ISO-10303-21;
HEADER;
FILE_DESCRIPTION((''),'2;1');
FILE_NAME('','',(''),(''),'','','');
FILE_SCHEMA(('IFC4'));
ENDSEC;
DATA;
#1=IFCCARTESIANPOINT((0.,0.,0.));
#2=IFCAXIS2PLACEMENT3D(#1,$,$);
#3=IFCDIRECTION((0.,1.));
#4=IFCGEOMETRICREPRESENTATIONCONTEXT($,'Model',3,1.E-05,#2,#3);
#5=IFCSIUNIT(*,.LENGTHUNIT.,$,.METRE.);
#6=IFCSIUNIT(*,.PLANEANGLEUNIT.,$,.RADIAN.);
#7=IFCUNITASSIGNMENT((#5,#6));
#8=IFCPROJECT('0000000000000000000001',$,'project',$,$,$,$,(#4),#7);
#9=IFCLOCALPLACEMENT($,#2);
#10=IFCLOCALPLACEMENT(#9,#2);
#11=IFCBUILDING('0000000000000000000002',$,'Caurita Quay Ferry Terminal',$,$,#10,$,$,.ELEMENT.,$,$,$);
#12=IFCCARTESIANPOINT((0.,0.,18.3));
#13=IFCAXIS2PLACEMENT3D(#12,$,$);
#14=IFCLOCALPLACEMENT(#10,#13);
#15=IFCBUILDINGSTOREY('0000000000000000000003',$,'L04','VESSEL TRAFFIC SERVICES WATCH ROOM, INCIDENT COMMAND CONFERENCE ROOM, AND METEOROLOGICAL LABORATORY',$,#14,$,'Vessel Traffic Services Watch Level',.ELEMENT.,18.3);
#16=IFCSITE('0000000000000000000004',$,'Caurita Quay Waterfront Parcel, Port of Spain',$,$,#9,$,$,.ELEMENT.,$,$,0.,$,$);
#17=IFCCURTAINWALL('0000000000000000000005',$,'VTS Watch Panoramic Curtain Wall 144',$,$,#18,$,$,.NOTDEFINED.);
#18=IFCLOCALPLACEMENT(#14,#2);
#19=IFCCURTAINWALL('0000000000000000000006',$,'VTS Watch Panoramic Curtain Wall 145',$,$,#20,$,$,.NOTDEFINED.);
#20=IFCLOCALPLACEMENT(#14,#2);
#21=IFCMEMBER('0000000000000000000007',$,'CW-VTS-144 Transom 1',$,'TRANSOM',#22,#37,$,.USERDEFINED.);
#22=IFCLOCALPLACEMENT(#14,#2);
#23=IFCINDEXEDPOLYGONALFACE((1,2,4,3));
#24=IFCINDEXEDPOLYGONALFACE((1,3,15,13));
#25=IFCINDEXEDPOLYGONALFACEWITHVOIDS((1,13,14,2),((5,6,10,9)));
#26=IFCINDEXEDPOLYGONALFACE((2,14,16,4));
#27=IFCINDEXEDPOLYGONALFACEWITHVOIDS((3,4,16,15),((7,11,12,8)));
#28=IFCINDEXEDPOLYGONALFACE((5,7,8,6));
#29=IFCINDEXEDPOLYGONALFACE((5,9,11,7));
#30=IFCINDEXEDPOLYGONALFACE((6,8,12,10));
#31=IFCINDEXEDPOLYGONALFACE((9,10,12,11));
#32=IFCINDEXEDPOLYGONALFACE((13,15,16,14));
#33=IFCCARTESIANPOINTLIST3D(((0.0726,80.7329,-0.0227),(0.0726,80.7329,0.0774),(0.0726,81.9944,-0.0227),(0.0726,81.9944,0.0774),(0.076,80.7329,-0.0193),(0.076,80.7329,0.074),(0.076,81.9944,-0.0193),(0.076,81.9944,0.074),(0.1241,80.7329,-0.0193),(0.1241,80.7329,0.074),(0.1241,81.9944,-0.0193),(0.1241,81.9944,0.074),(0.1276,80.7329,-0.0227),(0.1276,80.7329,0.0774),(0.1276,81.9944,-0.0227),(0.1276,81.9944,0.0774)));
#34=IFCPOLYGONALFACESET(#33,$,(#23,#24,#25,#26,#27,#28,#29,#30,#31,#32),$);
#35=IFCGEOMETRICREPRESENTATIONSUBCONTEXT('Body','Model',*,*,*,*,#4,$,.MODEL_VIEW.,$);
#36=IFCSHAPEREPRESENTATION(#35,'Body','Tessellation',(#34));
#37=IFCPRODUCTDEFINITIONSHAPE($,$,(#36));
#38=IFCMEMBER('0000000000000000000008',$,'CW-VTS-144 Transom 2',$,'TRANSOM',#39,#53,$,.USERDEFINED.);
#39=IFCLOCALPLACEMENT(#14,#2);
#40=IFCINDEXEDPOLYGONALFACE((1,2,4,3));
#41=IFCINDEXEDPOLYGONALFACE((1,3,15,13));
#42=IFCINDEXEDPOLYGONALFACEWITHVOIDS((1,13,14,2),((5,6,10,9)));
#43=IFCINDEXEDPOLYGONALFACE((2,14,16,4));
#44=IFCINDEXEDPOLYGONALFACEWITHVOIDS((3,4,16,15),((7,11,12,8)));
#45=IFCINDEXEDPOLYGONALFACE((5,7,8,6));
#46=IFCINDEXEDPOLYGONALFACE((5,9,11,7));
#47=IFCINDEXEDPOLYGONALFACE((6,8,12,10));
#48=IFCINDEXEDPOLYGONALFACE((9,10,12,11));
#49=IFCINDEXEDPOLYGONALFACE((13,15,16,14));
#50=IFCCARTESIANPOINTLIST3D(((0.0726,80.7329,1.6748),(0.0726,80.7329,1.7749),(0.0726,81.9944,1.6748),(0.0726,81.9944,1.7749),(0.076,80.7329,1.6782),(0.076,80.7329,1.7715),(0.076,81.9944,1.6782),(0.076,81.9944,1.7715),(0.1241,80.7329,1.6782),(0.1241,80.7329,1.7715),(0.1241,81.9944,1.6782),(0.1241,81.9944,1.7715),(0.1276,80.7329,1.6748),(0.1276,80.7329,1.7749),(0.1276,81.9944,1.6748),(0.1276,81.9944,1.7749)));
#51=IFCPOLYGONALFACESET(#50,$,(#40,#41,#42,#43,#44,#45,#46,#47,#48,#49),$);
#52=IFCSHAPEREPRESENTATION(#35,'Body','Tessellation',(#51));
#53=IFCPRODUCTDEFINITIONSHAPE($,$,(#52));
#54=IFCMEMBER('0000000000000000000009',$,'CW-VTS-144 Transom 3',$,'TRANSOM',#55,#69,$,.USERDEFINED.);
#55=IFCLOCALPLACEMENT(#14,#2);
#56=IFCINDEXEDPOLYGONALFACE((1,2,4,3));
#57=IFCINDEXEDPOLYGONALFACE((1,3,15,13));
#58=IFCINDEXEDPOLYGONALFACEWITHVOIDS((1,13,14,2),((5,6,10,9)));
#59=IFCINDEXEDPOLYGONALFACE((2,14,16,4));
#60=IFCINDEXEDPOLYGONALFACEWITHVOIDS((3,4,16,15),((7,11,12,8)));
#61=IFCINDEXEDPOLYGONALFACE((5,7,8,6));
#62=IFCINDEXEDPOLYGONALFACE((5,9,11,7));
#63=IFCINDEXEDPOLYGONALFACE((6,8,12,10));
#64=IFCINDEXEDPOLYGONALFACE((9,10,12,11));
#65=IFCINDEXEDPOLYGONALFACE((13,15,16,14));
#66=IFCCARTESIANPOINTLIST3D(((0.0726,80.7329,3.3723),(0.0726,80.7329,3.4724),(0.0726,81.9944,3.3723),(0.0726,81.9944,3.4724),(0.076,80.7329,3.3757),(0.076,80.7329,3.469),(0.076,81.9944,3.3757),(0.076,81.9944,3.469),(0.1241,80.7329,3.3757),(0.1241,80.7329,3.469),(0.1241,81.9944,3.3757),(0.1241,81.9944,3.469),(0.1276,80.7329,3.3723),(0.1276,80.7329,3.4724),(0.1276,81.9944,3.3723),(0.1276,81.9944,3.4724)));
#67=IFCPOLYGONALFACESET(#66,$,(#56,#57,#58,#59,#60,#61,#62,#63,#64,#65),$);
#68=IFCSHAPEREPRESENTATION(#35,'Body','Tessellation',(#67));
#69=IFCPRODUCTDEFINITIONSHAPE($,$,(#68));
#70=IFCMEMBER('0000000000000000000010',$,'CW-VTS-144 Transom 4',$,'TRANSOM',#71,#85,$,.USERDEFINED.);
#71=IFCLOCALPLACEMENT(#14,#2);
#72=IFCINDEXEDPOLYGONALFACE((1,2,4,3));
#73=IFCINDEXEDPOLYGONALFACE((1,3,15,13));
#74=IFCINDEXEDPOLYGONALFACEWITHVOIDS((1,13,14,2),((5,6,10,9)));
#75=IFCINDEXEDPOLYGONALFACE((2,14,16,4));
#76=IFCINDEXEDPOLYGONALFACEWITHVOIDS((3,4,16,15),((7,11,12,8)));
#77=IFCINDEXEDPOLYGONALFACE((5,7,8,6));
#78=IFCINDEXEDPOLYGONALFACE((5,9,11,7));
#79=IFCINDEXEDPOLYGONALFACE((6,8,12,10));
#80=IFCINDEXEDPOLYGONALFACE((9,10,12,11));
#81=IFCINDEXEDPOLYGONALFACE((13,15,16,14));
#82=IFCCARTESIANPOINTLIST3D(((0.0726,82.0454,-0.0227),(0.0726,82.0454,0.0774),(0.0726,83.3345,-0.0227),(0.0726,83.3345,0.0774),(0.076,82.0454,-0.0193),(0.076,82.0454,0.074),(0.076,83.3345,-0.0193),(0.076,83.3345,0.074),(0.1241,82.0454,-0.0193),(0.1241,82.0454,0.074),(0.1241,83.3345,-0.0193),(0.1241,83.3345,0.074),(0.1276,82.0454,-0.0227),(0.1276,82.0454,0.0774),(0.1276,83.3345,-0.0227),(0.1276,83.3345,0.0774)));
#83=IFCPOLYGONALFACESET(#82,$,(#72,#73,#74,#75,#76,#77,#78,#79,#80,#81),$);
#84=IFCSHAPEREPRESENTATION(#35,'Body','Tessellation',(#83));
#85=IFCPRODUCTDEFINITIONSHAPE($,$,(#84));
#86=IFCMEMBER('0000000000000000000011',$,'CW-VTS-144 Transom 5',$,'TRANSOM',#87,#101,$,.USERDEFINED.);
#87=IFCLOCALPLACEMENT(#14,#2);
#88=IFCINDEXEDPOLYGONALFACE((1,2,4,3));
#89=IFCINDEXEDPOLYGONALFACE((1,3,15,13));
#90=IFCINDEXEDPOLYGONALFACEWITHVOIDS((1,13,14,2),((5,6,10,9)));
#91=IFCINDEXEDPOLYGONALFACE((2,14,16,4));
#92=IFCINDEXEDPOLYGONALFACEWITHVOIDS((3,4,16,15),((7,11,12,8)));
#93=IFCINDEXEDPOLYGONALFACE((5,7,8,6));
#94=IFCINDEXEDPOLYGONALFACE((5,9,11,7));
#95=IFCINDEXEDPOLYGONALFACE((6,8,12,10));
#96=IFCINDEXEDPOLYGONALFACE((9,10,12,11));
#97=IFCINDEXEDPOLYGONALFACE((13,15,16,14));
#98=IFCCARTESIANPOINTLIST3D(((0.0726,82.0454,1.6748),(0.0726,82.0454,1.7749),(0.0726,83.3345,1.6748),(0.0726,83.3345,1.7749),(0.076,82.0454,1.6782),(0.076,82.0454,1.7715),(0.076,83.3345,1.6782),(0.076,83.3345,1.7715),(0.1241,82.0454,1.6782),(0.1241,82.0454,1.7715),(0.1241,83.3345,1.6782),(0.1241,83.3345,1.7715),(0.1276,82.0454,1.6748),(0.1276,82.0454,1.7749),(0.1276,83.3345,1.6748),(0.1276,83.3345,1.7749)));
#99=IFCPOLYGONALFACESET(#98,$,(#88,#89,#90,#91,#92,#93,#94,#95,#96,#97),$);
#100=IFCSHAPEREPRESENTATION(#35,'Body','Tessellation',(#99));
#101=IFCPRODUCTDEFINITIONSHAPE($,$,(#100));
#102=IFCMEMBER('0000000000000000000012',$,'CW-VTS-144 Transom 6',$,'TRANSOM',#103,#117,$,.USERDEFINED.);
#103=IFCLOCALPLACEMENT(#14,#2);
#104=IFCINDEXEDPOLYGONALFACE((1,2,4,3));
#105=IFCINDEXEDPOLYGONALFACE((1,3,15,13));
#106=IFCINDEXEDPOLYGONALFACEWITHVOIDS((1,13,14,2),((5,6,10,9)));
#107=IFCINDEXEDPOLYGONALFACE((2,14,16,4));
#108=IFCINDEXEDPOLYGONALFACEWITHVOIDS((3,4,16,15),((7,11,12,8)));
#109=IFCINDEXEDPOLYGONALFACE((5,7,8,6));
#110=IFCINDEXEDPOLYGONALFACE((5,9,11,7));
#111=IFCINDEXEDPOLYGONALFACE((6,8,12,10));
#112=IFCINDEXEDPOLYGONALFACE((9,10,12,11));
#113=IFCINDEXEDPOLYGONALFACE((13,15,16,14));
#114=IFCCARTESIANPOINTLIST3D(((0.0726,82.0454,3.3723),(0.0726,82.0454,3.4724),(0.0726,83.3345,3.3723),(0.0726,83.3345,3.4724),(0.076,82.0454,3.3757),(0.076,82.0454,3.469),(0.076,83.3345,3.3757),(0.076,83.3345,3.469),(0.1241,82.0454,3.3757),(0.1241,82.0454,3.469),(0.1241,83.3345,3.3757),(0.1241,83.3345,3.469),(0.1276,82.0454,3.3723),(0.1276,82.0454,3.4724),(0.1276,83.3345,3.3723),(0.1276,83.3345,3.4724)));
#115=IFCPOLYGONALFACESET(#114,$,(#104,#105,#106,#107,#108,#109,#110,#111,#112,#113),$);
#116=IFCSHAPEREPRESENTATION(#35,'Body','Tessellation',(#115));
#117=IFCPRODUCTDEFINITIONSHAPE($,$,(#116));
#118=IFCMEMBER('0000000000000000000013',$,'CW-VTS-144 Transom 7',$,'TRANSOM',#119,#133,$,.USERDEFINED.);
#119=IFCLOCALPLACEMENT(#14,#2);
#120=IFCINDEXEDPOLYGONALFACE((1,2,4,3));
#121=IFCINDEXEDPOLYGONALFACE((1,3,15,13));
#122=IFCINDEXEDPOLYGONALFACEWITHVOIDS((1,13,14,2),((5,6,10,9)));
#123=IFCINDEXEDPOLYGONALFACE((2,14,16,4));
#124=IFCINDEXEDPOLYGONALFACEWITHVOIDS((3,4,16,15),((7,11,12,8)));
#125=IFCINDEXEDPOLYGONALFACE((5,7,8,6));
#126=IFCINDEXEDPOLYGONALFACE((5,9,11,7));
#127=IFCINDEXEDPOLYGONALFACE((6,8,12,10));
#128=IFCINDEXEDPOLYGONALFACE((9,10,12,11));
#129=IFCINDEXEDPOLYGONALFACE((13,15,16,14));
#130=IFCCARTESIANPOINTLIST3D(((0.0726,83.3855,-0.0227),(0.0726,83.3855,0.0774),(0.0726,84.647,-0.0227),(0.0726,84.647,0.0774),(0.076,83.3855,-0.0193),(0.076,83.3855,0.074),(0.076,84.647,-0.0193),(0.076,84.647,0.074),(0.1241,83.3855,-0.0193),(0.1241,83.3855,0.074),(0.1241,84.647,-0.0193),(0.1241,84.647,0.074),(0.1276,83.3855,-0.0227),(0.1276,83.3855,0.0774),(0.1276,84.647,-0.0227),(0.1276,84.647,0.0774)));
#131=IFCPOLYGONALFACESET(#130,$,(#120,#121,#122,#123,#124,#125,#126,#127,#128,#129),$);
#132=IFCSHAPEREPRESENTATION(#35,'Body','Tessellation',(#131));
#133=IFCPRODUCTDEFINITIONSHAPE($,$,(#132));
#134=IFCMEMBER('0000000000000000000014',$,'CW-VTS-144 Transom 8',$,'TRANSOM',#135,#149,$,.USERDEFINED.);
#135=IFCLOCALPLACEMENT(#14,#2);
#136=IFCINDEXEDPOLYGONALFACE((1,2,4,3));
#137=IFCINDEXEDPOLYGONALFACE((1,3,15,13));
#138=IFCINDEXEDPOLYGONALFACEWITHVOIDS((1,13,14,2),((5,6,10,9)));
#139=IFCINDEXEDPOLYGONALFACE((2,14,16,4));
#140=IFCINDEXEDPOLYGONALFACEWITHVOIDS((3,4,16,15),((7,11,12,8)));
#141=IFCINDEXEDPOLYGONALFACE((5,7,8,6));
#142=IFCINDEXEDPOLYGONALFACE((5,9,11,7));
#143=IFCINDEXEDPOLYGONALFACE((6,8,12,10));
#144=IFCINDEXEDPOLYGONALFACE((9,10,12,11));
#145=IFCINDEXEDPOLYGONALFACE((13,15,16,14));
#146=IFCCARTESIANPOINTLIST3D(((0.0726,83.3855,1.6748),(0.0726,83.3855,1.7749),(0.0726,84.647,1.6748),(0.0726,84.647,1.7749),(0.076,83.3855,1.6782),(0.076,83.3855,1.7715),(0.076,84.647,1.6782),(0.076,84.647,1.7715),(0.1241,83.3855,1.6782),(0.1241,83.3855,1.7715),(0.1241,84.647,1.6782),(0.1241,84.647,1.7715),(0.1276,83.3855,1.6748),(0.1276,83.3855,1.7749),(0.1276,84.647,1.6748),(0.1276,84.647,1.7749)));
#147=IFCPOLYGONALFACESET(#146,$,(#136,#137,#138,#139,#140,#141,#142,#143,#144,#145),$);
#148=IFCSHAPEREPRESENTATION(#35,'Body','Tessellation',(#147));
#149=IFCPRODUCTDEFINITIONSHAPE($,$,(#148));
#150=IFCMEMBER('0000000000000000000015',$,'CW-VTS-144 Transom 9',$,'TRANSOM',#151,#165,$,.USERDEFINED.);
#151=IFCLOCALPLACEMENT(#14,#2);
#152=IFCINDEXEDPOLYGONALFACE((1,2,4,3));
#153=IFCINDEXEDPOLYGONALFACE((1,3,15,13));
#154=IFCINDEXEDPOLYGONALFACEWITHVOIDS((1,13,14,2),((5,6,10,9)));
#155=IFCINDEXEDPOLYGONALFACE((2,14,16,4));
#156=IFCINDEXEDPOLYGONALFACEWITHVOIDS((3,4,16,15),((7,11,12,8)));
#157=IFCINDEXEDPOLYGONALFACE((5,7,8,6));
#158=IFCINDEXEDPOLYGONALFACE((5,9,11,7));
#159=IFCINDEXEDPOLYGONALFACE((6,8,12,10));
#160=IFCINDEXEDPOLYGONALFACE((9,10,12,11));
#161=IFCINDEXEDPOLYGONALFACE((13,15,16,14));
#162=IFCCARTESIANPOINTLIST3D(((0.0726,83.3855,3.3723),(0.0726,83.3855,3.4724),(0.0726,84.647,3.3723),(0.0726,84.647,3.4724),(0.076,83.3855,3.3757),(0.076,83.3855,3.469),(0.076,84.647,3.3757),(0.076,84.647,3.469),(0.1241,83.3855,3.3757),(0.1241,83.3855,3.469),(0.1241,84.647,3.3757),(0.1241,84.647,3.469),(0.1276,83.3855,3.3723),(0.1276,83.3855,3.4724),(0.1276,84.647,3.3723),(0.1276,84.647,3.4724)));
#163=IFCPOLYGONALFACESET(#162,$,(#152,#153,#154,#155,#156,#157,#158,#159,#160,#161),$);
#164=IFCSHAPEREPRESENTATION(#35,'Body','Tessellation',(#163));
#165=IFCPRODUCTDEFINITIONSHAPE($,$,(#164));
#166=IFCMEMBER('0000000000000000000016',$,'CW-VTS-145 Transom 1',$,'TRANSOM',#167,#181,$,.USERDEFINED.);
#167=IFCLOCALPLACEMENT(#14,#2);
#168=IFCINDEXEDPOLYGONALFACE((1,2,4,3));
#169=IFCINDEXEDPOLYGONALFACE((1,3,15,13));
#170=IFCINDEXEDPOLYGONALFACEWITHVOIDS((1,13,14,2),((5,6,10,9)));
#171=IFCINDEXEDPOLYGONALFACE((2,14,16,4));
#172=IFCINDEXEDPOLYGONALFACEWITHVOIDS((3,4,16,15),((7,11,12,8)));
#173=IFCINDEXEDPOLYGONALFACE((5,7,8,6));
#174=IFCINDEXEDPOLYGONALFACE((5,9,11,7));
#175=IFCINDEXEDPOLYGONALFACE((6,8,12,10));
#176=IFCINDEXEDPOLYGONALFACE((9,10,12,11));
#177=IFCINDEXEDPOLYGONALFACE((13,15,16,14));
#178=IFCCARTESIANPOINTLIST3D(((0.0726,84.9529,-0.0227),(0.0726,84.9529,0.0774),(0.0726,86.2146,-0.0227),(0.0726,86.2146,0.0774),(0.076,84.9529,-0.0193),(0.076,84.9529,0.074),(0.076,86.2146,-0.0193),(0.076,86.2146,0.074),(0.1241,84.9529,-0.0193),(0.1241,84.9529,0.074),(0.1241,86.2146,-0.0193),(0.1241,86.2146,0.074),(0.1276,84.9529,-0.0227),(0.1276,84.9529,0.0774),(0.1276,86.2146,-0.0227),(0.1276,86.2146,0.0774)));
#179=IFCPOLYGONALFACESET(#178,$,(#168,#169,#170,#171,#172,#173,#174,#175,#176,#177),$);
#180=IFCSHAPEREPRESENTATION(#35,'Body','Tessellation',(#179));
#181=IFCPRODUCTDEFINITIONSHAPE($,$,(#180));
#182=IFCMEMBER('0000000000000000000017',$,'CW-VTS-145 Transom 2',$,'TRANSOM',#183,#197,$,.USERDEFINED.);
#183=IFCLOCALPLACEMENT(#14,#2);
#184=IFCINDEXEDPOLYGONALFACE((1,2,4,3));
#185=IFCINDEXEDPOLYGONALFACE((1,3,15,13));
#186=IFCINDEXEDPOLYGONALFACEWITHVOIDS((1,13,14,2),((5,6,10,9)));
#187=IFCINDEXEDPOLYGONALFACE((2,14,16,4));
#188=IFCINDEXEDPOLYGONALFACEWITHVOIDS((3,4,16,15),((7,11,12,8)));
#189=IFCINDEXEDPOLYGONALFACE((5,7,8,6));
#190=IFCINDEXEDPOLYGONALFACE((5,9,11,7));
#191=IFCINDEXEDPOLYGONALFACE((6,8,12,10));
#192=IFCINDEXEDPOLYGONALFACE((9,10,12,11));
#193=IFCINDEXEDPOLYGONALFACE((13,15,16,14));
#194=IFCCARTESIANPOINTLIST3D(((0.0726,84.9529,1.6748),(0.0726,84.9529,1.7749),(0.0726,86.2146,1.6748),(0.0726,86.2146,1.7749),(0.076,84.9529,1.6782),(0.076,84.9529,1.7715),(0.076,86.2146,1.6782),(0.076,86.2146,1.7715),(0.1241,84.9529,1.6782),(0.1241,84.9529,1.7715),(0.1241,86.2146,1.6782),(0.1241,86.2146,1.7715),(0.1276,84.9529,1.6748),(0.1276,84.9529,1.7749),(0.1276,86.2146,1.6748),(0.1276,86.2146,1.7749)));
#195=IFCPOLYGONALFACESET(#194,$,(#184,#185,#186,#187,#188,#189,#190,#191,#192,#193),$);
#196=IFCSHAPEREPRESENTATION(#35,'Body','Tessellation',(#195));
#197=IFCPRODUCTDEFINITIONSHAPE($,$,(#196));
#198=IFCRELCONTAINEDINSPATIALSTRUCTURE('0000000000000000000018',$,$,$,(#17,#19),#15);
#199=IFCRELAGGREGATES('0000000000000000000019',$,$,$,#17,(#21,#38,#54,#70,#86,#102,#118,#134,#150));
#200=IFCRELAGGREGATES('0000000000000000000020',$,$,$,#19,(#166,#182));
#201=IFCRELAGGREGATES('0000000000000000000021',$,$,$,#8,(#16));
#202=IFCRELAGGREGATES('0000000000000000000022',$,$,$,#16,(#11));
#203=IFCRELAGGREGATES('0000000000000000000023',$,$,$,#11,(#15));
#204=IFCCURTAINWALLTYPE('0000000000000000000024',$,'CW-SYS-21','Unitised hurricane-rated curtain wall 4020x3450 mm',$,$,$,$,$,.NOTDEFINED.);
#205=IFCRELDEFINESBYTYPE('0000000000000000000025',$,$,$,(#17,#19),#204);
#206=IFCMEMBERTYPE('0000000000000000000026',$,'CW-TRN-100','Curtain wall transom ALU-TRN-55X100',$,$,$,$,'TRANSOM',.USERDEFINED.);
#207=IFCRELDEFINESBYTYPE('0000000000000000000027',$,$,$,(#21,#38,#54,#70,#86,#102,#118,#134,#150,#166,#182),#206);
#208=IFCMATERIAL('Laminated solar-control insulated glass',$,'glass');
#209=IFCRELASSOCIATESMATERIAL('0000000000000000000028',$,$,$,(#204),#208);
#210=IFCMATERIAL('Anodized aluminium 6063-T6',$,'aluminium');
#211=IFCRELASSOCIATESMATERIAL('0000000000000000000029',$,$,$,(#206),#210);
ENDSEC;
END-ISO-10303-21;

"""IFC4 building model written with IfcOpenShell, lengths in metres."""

from ifc_helpers import new_model, si_unit, direction, frame, origin, origin_2d, place, context, subcontext, project, spatial, hollow_rectangle, extrude, material, material_profile, profile_set, type_object, element, aggregate, save


model = new_model("IFC4")

# Units and contexts
model_context = context("Model", 3, precision=1e-05, world=origin(), true_north=direction((0.0, 1.0)))
body_context = subcontext(model_context, "Body", "Model", "MODEL_VIEW")
ifc_project = project(units=[si_unit("LENGTHUNIT", "METRE"), si_unit("PLANEANGLEUNIT", "RADIAN")], contexts=[model_context])

# Site, building, storey
site_placement = place(None, origin())
site = spatial("IfcSite", under=ifc_project, at=site_placement, Name="Caurita Quay Waterfront Parcel, Port of Spain", CompositionType="ELEMENT", RefElevation=0.0)
building_placement = place(site_placement, origin())
building = spatial("IfcBuilding", under=site, at=building_placement, Name="Caurita Quay Ferry Terminal", CompositionType="ELEMENT")
storey_placement = place(building_placement, frame((0.0, 0.0, 18.3)))
storey = spatial("IfcBuildingStorey", under=building, at=storey_placement, Name="L04", Description="VESSEL TRAFFIC SERVICES WATCH ROOM, INCIDENT COMMAND CONFERENCE ROOM, AND METEOROLOGICAL LABORATORY", LongName="Vessel Traffic Services Watch Level", CompositionType="ELEMENT", Elevation=18.3)

# Curtain walls
ifc_material_1 = material(Name="Laminated solar-control insulated glass", Category="glass")
curtain_wall_type = type_object("IfcCurtainWallType", Name="CW-SYS-21", Description="Unitised hurricane-rated curtain wall 4020x3450 mm", PredefinedType="NOTDEFINED", material=ifc_material_1)
curtain_wall_1_placement = place(storey_placement, origin())
curtain_wall_1 = element("IfcCurtainWall", 1, at=curtain_wall_1_placement, inside=storey, type_object=curtain_wall_type, Name="VTS Watch Panoramic Curtain Wall 144", PredefinedType="NOTDEFINED")
ifc_material_2 = material(Name="Anodized aluminium 6063-T6", Category="aluminium")
curtain_wall_2_placement = place(storey_placement, origin())
curtain_wall_2 = element("IfcCurtainWall", 2, at=curtain_wall_2_placement, inside=storey, type_object=curtain_wall_type, Name="VTS Watch Panoramic Curtain Wall 145", PredefinedType="NOTDEFINED")

# Members
ifc_material_profile_1 = material_profile(ifc_material_2, hollow_rectangle(XDim=0.0549, YDim=0.1001, WallThickness=0.0034, at=origin_2d()), Name="ALU-TRN-55X100")
ifc_profile_set_1 = profile_set([ifc_material_profile_1], Name="Anodized aluminium 6063-T6")
member_type_1 = type_object("IfcMemberType", Name="CW-TRN-100", Description="Curtain wall transom ALU-TRN-55X100", ElementType="TRANSOM", PredefinedType="USERDEFINED", material=ifc_profile_set_1)
member_1_placement = place(storey_placement, frame((0.1001, 80.7329, 0.0273), z_axis=(0.0, 1.0, 0.0), x_axis=(-1.0, 0.0, 0.0)))
member_1 = element("IfcMember", 3, at=member_1_placement, type_object=member_type_1, Name="CW-VTS-144 Transom 1", ObjectType="TRANSOM", PredefinedType="USERDEFINED", context=body_context, shape_type="SweptSolid", body=[
    extrude(hollow_rectangle(XDim=0.0549, YDim=0.1001, WallThickness=0.0034, at=origin_2d()), origin(), (0.0, 0.0, 1.0), 1.2615),
])
member_2_placement = place(storey_placement, frame((0.1001, 80.7329, 1.7249), z_axis=(0.0, 1.0, 0.0), x_axis=(-1.0, 0.0, 0.0)))
member_2 = element("IfcMember", 4, at=member_2_placement, type_object=member_type_1, Name="CW-VTS-144 Transom 2", ObjectType="TRANSOM", PredefinedType="USERDEFINED", context=body_context, shape_type="SweptSolid", body=[
    extrude(hollow_rectangle(XDim=0.0549, YDim=0.1001, WallThickness=0.0034, at=origin_2d()), origin(), (0.0, 0.0, 1.0), 1.2615),
])
member_3_placement = place(storey_placement, frame((0.1001, 80.7329, 3.4224), z_axis=(0.0, 1.0, 0.0), x_axis=(-1.0, 0.0, 0.0)))
member_3 = element("IfcMember", 5, at=member_3_placement, type_object=member_type_1, Name="CW-VTS-144 Transom 3", ObjectType="TRANSOM", PredefinedType="USERDEFINED", context=body_context, shape_type="SweptSolid", body=[
    extrude(hollow_rectangle(XDim=0.0549, YDim=0.1001, WallThickness=0.0034, at=origin_2d()), origin(), (0.0, 0.0, 1.0), 1.2615),
])
member_4_placement = place(storey_placement, frame((0.1001, 82.0454, 0.0273), z_axis=(0.0, 1.0, 0.0), x_axis=(-1.0, 0.0, 0.0)))
member_4 = element("IfcMember", 6, at=member_4_placement, type_object=member_type_1, Name="CW-VTS-144 Transom 4", ObjectType="TRANSOM", PredefinedType="USERDEFINED", context=body_context, shape_type="SweptSolid", body=[
    extrude(hollow_rectangle(XDim=0.0549, YDim=0.1001, WallThickness=0.0034, at=origin_2d()), origin(), (0.0, 0.0, 1.0), 1.2891),
])
member_5_placement = place(storey_placement, frame((0.1001, 82.0454, 1.7249), z_axis=(0.0, 1.0, 0.0), x_axis=(-1.0, 0.0, 0.0)))
member_5 = element("IfcMember", 7, at=member_5_placement, type_object=member_type_1, Name="CW-VTS-144 Transom 5", ObjectType="TRANSOM", PredefinedType="USERDEFINED", context=body_context, shape_type="SweptSolid", body=[
    extrude(hollow_rectangle(XDim=0.0549, YDim=0.1001, WallThickness=0.0034, at=origin_2d()), origin(), (0.0, 0.0, 1.0), 1.2891),
])
member_6_placement = place(storey_placement, frame((0.1001, 82.0454, 3.4224), z_axis=(0.0, 1.0, 0.0), x_axis=(-1.0, 0.0, 0.0)))
member_6 = element("IfcMember", 8, at=member_6_placement, type_object=member_type_1, Name="CW-VTS-144 Transom 6", ObjectType="TRANSOM", PredefinedType="USERDEFINED", context=body_context, shape_type="SweptSolid", body=[
    extrude(hollow_rectangle(XDim=0.0549, YDim=0.1001, WallThickness=0.0034, at=origin_2d()), origin(), (0.0, 0.0, 1.0), 1.2891),
])
member_7_placement = place(storey_placement, frame((0.1001, 83.3855, 0.0273), z_axis=(0.0, 1.0, 0.0), x_axis=(-1.0, 0.0, 0.0)))
member_7 = element("IfcMember", 9, at=member_7_placement, type_object=member_type_1, Name="CW-VTS-144 Transom 7", ObjectType="TRANSOM", PredefinedType="USERDEFINED", context=body_context, shape_type="SweptSolid", body=[
    extrude(hollow_rectangle(XDim=0.0549, YDim=0.1001, WallThickness=0.0034, at=origin_2d()), origin(), (0.0, 0.0, 1.0), 1.2615),
])
member_8_placement = place(storey_placement, frame((0.1001, 83.3855, 1.7249), z_axis=(0.0, 1.0, 0.0), x_axis=(-1.0, 0.0, 0.0)))
member_8 = element("IfcMember", 10, at=member_8_placement, type_object=member_type_1, Name="CW-VTS-144 Transom 8", ObjectType="TRANSOM", PredefinedType="USERDEFINED", context=body_context, shape_type="SweptSolid", body=[
    extrude(hollow_rectangle(XDim=0.0549, YDim=0.1001, WallThickness=0.0034, at=origin_2d()), origin(), (0.0, 0.0, 1.0), 1.2615),
])
member_9_placement = place(storey_placement, frame((0.1001, 83.3855, 3.4224), z_axis=(0.0, 1.0, 0.0), x_axis=(-1.0, 0.0, 0.0)))
member_9 = element("IfcMember", 11, at=member_9_placement, type_object=member_type_1, Name="CW-VTS-144 Transom 9", ObjectType="TRANSOM", PredefinedType="USERDEFINED", context=body_context, shape_type="SweptSolid", body=[
    extrude(hollow_rectangle(XDim=0.0549, YDim=0.1001, WallThickness=0.0034, at=origin_2d()), origin(), (0.0, 0.0, 1.0), 1.2615),
])
member_10_placement = place(storey_placement, frame((0.1001, 84.9529, 0.0273), z_axis=(0.0, 1.0, 0.0), x_axis=(-1.0, 0.0, 0.0)))
member_10 = element("IfcMember", 12, at=member_10_placement, type_object=member_type_1, Name="CW-VTS-145 Transom 1", ObjectType="TRANSOM", PredefinedType="USERDEFINED", context=body_context, shape_type="SweptSolid", body=[
    extrude(hollow_rectangle(XDim=0.0549, YDim=0.1001, WallThickness=0.0034, at=origin_2d()), origin(), (0.0, 0.0, 1.0), 1.2617),
])
member_11_placement = place(storey_placement, frame((0.1001, 84.9529, 1.7249), z_axis=(0.0, 1.0, 0.0), x_axis=(-1.0, 0.0, 0.0)))
member_11 = element("IfcMember", 13, at=member_11_placement, type_object=member_type_1, Name="CW-VTS-145 Transom 2", ObjectType="TRANSOM", PredefinedType="USERDEFINED", context=body_context, shape_type="SweptSolid", body=[
    extrude(hollow_rectangle(XDim=0.0549, YDim=0.1001, WallThickness=0.0034, at=origin_2d()), origin(), (0.0, 0.0, 1.0), 1.2617),
])

aggregate(curtain_wall_1, [member_1, member_2, member_3, member_4, member_5, member_6, member_7, member_8, member_9])
aggregate(curtain_wall_2, [member_10, member_11])

save(model, "model.ifc")
